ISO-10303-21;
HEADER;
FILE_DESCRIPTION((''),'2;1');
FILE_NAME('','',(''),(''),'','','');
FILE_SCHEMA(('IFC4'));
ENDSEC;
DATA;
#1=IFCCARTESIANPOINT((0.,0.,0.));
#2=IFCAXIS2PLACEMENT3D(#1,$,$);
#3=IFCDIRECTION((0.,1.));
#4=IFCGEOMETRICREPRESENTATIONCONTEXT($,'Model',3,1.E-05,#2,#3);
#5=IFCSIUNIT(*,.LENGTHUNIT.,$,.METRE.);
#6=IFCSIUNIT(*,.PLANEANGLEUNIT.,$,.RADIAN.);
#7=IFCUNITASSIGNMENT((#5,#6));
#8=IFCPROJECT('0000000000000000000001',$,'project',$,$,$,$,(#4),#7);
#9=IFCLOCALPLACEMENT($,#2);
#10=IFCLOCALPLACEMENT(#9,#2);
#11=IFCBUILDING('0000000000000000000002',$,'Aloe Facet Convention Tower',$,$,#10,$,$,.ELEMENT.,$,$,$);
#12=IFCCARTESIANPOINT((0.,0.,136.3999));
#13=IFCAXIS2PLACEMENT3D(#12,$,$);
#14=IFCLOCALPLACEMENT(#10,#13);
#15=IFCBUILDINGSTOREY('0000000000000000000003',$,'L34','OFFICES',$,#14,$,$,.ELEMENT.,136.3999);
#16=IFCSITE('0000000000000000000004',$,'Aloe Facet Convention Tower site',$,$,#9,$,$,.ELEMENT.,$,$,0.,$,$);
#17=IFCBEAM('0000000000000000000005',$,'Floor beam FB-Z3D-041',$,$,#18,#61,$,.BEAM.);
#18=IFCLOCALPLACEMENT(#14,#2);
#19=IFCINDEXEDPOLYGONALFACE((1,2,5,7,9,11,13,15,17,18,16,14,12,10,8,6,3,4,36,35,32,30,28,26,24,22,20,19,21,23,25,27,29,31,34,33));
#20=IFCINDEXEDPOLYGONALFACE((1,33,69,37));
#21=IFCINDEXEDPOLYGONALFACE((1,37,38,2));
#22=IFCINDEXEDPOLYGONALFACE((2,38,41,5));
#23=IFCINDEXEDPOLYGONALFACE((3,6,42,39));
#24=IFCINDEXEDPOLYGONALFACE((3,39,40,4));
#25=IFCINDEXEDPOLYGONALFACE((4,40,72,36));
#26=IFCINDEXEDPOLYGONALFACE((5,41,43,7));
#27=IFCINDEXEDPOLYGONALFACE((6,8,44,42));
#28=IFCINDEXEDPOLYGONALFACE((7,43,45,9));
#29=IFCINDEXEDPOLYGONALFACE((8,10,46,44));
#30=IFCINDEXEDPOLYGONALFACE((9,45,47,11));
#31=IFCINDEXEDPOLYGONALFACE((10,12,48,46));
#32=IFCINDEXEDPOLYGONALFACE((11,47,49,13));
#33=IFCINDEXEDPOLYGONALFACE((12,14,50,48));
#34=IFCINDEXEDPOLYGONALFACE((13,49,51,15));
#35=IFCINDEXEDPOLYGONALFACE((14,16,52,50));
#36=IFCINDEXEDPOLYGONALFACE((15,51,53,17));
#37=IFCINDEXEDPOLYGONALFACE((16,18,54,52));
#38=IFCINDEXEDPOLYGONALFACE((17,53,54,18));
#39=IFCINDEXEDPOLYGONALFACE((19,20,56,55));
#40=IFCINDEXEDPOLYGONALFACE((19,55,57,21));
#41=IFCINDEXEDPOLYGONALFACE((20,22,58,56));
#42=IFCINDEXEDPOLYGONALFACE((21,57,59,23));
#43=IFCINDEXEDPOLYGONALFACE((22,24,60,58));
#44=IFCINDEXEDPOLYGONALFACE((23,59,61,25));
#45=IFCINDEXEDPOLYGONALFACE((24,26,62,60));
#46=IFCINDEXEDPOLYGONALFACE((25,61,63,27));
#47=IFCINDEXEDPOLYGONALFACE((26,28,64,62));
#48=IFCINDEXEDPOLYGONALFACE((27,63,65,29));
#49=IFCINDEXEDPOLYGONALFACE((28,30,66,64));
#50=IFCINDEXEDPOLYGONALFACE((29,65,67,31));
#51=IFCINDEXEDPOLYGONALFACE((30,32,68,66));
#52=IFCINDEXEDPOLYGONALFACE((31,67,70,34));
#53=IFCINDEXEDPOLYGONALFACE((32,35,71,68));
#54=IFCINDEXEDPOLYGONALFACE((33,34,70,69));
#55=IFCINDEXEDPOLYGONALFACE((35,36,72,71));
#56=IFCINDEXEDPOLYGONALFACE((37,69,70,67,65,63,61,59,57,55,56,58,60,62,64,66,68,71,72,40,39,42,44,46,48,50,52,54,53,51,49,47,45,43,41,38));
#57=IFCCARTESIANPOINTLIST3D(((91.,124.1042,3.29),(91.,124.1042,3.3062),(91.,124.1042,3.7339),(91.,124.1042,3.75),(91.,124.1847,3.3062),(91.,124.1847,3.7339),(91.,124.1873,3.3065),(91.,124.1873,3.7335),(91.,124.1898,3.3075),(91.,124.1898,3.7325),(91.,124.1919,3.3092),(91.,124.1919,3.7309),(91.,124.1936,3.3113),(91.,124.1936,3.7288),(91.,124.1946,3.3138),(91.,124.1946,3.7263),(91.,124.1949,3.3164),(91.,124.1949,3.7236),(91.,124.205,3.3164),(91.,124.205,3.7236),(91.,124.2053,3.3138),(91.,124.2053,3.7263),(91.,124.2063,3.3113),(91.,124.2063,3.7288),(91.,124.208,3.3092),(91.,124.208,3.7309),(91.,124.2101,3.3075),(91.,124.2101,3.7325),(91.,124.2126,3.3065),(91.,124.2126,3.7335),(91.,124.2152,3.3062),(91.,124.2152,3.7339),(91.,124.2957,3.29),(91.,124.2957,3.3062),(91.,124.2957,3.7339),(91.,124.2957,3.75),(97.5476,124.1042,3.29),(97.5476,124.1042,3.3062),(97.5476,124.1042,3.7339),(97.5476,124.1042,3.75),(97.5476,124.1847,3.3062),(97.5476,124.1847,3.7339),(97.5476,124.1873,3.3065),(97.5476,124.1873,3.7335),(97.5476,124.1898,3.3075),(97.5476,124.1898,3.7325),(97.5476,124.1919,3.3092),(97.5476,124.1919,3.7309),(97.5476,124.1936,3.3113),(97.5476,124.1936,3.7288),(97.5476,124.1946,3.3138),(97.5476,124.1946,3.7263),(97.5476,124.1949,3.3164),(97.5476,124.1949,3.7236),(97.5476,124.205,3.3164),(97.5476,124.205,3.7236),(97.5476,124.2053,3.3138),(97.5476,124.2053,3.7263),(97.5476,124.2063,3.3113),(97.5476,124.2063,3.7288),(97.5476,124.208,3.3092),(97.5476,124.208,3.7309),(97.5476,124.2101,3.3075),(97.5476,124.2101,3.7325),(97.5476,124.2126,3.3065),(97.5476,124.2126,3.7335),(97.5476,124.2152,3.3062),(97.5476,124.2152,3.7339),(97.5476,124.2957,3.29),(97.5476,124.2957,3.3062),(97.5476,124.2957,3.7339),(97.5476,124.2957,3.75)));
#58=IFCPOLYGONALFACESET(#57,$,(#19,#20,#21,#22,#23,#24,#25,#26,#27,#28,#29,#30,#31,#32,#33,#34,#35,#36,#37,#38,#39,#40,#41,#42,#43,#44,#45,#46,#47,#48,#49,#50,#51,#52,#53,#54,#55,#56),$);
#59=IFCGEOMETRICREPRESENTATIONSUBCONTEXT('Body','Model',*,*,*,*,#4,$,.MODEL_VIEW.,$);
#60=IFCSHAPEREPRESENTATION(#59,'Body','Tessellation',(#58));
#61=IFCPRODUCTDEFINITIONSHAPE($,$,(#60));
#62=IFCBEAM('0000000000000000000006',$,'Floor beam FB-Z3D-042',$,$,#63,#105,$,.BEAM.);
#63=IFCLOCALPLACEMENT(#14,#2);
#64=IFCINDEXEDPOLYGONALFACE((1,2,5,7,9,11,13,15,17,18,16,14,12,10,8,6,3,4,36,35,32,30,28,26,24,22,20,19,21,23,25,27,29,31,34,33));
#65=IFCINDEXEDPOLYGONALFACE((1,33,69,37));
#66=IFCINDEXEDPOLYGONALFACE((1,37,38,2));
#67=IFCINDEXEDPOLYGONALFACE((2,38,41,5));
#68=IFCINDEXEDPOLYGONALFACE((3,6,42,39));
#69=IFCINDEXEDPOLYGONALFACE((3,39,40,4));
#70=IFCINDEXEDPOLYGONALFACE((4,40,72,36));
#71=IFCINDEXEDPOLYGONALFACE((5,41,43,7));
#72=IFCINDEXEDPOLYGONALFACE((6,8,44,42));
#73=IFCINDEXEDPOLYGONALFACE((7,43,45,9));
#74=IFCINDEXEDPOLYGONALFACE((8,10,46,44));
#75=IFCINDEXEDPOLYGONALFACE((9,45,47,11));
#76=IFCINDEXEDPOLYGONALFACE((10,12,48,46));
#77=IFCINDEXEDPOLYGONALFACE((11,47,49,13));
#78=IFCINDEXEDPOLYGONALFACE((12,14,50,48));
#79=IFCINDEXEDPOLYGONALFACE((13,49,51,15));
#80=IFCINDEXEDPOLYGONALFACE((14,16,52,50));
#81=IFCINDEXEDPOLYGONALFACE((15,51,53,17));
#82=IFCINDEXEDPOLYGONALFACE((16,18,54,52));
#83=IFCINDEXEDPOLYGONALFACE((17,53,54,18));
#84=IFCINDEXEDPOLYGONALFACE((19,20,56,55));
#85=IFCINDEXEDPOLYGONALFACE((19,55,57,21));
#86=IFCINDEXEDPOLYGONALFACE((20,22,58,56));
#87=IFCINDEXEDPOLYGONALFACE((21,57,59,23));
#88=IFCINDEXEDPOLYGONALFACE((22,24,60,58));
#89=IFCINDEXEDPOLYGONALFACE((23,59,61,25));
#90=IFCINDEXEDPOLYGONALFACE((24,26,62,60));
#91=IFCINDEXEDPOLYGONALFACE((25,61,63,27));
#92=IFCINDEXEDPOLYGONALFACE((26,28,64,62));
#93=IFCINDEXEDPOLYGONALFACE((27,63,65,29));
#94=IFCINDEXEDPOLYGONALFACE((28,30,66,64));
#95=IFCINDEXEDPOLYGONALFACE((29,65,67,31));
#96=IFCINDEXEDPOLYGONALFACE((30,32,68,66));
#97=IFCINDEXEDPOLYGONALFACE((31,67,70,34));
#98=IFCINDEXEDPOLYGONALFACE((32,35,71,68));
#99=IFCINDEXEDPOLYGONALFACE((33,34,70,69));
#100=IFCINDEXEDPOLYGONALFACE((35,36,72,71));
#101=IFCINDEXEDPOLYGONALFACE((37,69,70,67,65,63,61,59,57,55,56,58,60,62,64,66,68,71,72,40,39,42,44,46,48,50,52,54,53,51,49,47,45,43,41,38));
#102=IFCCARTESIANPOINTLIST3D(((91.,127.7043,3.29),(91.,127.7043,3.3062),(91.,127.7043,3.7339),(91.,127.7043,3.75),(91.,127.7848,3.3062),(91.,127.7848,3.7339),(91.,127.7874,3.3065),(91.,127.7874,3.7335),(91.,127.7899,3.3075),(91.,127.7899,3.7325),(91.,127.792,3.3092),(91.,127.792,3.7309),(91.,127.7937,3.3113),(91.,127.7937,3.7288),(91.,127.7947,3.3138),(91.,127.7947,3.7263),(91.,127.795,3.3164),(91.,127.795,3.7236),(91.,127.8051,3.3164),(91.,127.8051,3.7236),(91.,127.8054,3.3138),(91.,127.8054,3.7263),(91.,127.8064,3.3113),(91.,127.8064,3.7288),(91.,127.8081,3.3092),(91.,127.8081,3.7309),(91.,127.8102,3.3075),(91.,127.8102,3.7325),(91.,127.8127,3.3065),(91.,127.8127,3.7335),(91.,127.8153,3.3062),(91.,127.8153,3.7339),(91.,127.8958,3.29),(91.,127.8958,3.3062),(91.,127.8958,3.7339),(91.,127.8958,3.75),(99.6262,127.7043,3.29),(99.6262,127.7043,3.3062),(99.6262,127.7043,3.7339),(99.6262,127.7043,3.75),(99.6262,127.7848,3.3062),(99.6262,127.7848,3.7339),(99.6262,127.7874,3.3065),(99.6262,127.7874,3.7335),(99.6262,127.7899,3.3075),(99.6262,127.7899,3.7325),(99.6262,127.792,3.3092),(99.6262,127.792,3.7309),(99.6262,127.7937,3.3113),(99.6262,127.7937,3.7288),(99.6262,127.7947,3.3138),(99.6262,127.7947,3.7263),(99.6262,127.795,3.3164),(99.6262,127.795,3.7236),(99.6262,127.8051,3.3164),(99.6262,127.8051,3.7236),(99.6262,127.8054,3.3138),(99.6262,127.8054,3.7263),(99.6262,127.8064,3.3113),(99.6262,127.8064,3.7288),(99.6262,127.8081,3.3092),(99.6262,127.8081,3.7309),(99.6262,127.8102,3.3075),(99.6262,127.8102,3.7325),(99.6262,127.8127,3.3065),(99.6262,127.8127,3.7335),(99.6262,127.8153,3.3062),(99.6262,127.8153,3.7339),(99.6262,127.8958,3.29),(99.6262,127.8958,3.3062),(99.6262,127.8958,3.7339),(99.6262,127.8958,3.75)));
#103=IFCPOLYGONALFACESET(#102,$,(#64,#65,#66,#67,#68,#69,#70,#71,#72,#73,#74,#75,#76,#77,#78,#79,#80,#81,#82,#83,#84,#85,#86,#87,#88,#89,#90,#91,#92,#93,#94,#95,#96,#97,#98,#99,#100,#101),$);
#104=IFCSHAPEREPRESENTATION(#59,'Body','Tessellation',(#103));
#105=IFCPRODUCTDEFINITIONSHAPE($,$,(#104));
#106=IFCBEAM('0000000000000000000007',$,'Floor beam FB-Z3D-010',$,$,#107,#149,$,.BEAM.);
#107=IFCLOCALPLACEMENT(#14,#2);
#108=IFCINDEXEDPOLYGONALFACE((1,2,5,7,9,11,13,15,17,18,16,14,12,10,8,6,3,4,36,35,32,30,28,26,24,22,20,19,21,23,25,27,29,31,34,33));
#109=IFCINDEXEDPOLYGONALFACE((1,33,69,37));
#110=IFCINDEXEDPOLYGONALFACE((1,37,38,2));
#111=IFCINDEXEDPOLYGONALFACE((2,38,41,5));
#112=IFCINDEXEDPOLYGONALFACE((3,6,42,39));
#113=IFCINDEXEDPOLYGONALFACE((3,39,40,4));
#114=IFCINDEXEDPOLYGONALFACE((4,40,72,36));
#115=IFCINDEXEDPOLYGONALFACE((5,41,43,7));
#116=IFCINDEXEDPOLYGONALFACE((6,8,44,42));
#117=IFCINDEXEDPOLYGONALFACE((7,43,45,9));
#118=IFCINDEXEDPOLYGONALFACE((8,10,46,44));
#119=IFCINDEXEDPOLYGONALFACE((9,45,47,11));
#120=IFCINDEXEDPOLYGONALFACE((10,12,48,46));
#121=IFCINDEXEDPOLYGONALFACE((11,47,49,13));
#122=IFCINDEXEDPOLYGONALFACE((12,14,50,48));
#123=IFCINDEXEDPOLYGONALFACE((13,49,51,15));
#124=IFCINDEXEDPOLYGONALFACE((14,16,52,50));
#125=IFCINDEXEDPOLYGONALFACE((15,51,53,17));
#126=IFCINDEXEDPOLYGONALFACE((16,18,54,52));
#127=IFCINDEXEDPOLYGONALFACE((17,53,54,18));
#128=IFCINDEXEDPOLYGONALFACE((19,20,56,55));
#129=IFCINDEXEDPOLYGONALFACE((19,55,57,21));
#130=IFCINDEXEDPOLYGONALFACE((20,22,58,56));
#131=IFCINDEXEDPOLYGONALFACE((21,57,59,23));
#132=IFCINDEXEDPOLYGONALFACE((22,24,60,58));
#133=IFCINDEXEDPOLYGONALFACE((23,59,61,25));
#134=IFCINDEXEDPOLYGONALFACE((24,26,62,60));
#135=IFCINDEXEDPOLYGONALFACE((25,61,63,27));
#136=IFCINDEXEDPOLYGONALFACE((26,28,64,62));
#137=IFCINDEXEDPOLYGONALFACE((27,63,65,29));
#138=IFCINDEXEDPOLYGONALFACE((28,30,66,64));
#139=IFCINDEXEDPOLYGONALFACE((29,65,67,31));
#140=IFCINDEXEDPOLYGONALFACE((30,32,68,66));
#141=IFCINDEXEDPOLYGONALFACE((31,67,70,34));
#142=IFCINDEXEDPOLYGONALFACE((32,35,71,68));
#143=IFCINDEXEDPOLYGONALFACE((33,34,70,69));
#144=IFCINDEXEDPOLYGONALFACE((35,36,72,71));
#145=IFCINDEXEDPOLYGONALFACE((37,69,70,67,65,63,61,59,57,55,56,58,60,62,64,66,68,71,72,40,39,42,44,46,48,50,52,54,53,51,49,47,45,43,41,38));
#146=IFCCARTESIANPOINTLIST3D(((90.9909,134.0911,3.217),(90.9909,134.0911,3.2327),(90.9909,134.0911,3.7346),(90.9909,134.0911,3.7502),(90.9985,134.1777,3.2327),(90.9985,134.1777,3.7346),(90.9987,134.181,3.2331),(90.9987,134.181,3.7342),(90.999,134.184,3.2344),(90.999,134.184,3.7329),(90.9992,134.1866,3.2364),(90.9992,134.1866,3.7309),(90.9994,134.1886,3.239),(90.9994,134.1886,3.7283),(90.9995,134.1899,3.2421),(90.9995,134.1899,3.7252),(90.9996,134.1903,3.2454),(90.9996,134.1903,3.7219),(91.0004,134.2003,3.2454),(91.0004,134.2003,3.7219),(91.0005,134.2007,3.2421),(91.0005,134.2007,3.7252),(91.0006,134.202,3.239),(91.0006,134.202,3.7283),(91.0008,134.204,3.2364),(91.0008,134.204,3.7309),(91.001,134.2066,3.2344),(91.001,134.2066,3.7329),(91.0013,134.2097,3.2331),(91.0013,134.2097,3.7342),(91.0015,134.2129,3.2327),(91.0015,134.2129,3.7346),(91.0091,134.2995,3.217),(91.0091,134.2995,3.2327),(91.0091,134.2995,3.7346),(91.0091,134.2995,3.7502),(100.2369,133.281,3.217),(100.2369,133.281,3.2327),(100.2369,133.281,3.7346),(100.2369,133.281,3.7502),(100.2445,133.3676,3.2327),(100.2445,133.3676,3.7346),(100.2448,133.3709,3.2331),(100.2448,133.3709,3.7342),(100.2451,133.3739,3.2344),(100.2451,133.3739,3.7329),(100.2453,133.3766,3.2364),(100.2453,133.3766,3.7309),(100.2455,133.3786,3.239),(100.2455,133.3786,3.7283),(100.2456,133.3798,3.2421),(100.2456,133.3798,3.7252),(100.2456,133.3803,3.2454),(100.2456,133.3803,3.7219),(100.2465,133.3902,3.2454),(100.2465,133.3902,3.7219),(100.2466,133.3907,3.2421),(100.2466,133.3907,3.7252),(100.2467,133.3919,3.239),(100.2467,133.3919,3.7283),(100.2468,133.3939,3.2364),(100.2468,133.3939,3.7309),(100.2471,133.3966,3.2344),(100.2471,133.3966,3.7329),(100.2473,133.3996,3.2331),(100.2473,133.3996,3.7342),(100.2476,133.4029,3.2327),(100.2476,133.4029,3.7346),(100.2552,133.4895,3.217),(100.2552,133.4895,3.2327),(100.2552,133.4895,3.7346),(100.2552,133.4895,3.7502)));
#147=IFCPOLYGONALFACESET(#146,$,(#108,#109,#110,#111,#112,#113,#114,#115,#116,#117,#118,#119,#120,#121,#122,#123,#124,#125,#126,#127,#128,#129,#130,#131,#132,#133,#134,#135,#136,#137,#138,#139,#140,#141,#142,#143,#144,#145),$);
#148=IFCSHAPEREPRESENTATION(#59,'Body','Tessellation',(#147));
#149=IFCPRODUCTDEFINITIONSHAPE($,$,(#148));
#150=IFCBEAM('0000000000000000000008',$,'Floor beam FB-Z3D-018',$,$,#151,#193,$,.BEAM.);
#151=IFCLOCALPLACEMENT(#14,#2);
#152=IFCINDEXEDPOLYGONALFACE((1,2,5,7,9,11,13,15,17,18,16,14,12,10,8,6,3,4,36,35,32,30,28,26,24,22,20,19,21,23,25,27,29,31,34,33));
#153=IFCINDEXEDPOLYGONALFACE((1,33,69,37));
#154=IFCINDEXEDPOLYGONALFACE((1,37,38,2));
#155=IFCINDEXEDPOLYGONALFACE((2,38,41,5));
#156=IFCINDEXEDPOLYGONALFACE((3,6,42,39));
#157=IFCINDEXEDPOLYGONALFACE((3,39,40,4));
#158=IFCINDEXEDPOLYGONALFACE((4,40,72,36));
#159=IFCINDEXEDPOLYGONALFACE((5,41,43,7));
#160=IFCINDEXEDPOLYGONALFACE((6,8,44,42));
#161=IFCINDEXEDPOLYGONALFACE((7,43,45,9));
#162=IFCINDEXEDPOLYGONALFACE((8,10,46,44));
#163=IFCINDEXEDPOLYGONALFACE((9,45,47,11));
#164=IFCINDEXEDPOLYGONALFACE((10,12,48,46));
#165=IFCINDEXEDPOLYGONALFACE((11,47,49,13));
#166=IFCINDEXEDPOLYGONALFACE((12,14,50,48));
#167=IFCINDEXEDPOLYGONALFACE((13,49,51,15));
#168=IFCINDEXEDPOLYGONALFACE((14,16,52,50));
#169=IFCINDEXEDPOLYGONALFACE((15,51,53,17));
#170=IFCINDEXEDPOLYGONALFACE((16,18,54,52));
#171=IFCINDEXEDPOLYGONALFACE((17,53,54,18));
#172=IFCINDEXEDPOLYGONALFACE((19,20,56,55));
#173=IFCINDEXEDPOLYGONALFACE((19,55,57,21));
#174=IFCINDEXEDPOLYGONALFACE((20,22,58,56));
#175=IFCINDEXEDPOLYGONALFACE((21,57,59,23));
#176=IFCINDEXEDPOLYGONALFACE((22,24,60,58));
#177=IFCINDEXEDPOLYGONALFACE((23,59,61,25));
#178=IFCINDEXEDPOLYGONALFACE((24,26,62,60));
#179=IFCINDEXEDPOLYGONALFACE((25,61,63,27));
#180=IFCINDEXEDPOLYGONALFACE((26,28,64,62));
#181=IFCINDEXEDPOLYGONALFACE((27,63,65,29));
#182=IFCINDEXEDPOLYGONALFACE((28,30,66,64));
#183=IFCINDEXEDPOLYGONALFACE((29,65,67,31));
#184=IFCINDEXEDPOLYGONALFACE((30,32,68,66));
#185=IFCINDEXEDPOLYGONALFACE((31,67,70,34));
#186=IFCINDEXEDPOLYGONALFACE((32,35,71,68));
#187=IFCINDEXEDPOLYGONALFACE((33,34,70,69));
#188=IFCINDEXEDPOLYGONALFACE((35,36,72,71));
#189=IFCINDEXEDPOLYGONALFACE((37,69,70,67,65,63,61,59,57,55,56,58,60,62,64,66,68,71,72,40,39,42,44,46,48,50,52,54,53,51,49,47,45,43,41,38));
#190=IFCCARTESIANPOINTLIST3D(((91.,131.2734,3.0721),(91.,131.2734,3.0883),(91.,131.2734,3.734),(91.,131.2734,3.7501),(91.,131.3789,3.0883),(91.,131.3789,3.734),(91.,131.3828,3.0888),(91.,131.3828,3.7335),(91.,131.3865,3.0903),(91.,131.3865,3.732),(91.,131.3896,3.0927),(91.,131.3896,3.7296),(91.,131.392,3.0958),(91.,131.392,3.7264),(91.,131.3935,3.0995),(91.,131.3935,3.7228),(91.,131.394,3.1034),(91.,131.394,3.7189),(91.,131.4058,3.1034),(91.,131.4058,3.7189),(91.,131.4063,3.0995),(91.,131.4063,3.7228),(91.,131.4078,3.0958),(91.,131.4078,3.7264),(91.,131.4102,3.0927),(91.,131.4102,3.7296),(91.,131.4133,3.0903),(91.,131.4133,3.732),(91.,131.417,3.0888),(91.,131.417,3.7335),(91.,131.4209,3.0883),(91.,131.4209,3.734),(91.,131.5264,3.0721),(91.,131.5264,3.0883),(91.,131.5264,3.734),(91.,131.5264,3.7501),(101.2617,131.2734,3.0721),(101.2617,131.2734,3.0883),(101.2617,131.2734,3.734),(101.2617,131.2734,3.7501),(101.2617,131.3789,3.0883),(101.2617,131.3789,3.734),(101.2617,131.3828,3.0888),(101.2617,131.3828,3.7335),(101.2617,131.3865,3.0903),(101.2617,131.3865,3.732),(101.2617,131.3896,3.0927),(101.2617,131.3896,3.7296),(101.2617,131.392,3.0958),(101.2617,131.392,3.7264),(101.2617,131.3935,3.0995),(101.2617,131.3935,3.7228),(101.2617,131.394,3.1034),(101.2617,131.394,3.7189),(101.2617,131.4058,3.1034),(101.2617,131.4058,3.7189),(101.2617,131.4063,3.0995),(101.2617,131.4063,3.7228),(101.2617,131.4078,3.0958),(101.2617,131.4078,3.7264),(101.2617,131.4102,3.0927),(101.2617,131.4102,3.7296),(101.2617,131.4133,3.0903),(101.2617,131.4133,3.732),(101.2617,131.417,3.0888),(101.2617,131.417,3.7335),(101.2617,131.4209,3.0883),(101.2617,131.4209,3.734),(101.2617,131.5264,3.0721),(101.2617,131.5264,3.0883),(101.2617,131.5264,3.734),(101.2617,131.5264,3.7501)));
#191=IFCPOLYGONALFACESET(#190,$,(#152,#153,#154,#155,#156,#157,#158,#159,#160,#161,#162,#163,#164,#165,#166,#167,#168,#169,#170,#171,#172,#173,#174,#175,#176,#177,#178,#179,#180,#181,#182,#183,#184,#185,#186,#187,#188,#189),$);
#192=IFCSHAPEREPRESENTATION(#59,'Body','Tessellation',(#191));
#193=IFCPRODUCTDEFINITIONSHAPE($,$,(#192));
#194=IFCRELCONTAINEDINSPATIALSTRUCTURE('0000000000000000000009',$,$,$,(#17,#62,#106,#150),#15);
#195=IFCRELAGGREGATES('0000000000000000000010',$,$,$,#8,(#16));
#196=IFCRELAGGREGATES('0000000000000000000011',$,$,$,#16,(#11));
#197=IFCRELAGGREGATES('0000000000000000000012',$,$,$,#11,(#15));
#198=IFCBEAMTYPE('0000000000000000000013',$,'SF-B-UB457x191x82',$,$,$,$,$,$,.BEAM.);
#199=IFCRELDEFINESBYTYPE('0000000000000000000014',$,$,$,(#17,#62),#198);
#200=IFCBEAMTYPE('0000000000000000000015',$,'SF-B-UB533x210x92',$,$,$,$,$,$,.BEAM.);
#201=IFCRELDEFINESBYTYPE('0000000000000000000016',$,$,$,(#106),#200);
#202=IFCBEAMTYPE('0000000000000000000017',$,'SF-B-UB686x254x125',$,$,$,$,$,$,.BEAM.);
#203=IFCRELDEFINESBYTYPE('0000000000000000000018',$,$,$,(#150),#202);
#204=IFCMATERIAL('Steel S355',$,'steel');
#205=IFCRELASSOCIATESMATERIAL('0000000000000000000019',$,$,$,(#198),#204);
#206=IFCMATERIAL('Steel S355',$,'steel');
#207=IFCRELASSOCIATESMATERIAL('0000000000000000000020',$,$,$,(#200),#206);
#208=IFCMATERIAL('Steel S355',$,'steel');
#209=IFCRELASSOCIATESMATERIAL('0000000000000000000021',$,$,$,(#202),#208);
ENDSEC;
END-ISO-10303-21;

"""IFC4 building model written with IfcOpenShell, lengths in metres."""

from ifc_helpers import new_model, si_unit, direction, frame, origin, origin_2d, place, context, subcontext, project, spatial, i_section, extrude, material, material_profile, profile_set, type_object, element, save


model = new_model("IFC4")

# Units and contexts
model_context = context("Model", 3, precision=1e-05, world=origin(), true_north=direction((0.0, 1.0)))
body_context = subcontext(model_context, "Body", "Model", "MODEL_VIEW")
ifc_project = project(units=[si_unit("LENGTHUNIT", "METRE"), si_unit("PLANEANGLEUNIT", "RADIAN")], contexts=[model_context])

# Site, building, storey
site_placement = place(None, origin())
site = spatial("IfcSite", under=ifc_project, at=site_placement, Name="Aloe Facet Convention Tower site", CompositionType="ELEMENT", RefElevation=0.0)
building_placement = place(site_placement, origin())
building = spatial("IfcBuilding", under=site, at=building_placement, Name="Aloe Facet Convention Tower", CompositionType="ELEMENT")
storey_placement = place(building_placement, frame((0.0, 0.0, 136.3999)))
storey = spatial("IfcBuildingStorey", under=building, at=storey_placement, Name="L34", Description="OFFICES", CompositionType="ELEMENT", Elevation=136.3999)

# Beams
ifc_material_1 = material(Name="Steel S355", Category="steel")
ifc_material_profile_1 = material_profile(ifc_material_1, i_section(OverallWidth=0.1914, OverallDepth=0.46, WebThickness=0.01, FlangeThickness=0.0161, FilletRadius=0.0103, at=origin_2d()), Name="UB 457x191x82")
ifc_profile_set_1 = profile_set([ifc_material_profile_1], Name="Steel S355")
beam_type_1 = type_object("IfcBeamType", Name="SF-B-UB457x191x82", PredefinedType="BEAM", material=ifc_profile_set_1)
beam_1_placement = place(storey_placement, frame((91.0, 124.2, 3.52), z_axis=(1.0, 0.0, 0.0), x_axis=(0.0, 1.0, 0.0)))
element("IfcBeam", 1, at=beam_1_placement, inside=storey, type_object=beam_type_1, Name="Floor beam FB-Z3D-041", PredefinedType="BEAM", context=body_context, shape_type="SweptSolid", body=[
    extrude(i_section(OverallWidth=0.1914, OverallDepth=0.46, WebThickness=0.01, FlangeThickness=0.0161, FilletRadius=0.0103, at=origin_2d()), origin(), (0.0, 0.0, 1.0), 6.5476),
])
beam_2_placement = place(storey_placement, frame((91.0, 127.8, 3.52), z_axis=(1.0, 0.0, 0.0), x_axis=(0.0, 1.0, 0.0)))
element("IfcBeam", 2, at=beam_2_placement, inside=storey, type_object=beam_type_1, Name="Floor beam FB-Z3D-042", PredefinedType="BEAM", context=body_context, shape_type="SweptSolid", body=[
    extrude(i_section(OverallWidth=0.1914, OverallDepth=0.46, WebThickness=0.01, FlangeThickness=0.0161, FilletRadius=0.0103, at=origin_2d()), origin(), (0.0, 0.0, 1.0), 8.6262),
])
ifc_material_2 = material(Name="Steel S355", Category="steel")
ifc_material_profile_2 = material_profile(ifc_material_2, i_section(OverallWidth=0.2092, OverallDepth=0.5332, WebThickness=0.01, FlangeThickness=0.0156, FilletRadius=0.0127, at=origin_2d()), Name="UB 533x210x92")
ifc_profile_set_2 = profile_set([ifc_material_profile_2], Name="Steel S355")
beam_type_2 = type_object("IfcBeamType", Name="SF-B-UB533x210x92", PredefinedType="BEAM", material=ifc_profile_set_2)
beam_3_placement = place(storey_placement, frame((91.0, 134.1953, 3.4836), z_axis=(0.996184, -0.087277, 0.0), x_axis=(0.087277, 0.996184, 0.0)))
element("IfcBeam", 3, at=beam_3_placement, inside=storey, type_object=beam_type_2, Name="Floor beam FB-Z3D-010", PredefinedType="BEAM", context=body_context, shape_type="SweptSolid", body=[
    extrude(i_section(OverallWidth=0.2092, OverallDepth=0.5332, WebThickness=0.01, FlangeThickness=0.0156, FilletRadius=0.0127, at=origin_2d()), origin(), (0.0, 0.0, 1.0), 9.2815),
])
ifc_material_3 = material(Name="Steel S355", Category="steel")
ifc_material_profile_3 = material_profile(ifc_material_3, i_section(OverallWidth=0.2529, OverallDepth=0.678, WebThickness=0.0117, FlangeThickness=0.0161, FilletRadius=0.0151, at=origin_2d()), Name="UB 686x254x125")
ifc_profile_set_3 = profile_set([ifc_material_profile_3], Name="Steel S355")
beam_type_3 = type_object("IfcBeamType", Name="SF-B-UB686x254x125", PredefinedType="BEAM", material=ifc_profile_set_3)
beam_4_placement = place(storey_placement, frame((91.0, 131.3999, 3.4111), z_axis=(1.0, 0.0, 0.0), x_axis=(0.0, 1.0, 0.0)))
element("IfcBeam", 4, at=beam_4_placement, inside=storey, type_object=beam_type_3, Name="Floor beam FB-Z3D-018", PredefinedType="BEAM", context=body_context, shape_type="SweptSolid", body=[
    extrude(i_section(OverallWidth=0.2529, OverallDepth=0.678, WebThickness=0.0117, FlangeThickness=0.0161, FilletRadius=0.0151, at=origin_2d()), origin(), (0.0, 0.0, 1.0), 10.2617),
])

save(model, "model.ifc")
